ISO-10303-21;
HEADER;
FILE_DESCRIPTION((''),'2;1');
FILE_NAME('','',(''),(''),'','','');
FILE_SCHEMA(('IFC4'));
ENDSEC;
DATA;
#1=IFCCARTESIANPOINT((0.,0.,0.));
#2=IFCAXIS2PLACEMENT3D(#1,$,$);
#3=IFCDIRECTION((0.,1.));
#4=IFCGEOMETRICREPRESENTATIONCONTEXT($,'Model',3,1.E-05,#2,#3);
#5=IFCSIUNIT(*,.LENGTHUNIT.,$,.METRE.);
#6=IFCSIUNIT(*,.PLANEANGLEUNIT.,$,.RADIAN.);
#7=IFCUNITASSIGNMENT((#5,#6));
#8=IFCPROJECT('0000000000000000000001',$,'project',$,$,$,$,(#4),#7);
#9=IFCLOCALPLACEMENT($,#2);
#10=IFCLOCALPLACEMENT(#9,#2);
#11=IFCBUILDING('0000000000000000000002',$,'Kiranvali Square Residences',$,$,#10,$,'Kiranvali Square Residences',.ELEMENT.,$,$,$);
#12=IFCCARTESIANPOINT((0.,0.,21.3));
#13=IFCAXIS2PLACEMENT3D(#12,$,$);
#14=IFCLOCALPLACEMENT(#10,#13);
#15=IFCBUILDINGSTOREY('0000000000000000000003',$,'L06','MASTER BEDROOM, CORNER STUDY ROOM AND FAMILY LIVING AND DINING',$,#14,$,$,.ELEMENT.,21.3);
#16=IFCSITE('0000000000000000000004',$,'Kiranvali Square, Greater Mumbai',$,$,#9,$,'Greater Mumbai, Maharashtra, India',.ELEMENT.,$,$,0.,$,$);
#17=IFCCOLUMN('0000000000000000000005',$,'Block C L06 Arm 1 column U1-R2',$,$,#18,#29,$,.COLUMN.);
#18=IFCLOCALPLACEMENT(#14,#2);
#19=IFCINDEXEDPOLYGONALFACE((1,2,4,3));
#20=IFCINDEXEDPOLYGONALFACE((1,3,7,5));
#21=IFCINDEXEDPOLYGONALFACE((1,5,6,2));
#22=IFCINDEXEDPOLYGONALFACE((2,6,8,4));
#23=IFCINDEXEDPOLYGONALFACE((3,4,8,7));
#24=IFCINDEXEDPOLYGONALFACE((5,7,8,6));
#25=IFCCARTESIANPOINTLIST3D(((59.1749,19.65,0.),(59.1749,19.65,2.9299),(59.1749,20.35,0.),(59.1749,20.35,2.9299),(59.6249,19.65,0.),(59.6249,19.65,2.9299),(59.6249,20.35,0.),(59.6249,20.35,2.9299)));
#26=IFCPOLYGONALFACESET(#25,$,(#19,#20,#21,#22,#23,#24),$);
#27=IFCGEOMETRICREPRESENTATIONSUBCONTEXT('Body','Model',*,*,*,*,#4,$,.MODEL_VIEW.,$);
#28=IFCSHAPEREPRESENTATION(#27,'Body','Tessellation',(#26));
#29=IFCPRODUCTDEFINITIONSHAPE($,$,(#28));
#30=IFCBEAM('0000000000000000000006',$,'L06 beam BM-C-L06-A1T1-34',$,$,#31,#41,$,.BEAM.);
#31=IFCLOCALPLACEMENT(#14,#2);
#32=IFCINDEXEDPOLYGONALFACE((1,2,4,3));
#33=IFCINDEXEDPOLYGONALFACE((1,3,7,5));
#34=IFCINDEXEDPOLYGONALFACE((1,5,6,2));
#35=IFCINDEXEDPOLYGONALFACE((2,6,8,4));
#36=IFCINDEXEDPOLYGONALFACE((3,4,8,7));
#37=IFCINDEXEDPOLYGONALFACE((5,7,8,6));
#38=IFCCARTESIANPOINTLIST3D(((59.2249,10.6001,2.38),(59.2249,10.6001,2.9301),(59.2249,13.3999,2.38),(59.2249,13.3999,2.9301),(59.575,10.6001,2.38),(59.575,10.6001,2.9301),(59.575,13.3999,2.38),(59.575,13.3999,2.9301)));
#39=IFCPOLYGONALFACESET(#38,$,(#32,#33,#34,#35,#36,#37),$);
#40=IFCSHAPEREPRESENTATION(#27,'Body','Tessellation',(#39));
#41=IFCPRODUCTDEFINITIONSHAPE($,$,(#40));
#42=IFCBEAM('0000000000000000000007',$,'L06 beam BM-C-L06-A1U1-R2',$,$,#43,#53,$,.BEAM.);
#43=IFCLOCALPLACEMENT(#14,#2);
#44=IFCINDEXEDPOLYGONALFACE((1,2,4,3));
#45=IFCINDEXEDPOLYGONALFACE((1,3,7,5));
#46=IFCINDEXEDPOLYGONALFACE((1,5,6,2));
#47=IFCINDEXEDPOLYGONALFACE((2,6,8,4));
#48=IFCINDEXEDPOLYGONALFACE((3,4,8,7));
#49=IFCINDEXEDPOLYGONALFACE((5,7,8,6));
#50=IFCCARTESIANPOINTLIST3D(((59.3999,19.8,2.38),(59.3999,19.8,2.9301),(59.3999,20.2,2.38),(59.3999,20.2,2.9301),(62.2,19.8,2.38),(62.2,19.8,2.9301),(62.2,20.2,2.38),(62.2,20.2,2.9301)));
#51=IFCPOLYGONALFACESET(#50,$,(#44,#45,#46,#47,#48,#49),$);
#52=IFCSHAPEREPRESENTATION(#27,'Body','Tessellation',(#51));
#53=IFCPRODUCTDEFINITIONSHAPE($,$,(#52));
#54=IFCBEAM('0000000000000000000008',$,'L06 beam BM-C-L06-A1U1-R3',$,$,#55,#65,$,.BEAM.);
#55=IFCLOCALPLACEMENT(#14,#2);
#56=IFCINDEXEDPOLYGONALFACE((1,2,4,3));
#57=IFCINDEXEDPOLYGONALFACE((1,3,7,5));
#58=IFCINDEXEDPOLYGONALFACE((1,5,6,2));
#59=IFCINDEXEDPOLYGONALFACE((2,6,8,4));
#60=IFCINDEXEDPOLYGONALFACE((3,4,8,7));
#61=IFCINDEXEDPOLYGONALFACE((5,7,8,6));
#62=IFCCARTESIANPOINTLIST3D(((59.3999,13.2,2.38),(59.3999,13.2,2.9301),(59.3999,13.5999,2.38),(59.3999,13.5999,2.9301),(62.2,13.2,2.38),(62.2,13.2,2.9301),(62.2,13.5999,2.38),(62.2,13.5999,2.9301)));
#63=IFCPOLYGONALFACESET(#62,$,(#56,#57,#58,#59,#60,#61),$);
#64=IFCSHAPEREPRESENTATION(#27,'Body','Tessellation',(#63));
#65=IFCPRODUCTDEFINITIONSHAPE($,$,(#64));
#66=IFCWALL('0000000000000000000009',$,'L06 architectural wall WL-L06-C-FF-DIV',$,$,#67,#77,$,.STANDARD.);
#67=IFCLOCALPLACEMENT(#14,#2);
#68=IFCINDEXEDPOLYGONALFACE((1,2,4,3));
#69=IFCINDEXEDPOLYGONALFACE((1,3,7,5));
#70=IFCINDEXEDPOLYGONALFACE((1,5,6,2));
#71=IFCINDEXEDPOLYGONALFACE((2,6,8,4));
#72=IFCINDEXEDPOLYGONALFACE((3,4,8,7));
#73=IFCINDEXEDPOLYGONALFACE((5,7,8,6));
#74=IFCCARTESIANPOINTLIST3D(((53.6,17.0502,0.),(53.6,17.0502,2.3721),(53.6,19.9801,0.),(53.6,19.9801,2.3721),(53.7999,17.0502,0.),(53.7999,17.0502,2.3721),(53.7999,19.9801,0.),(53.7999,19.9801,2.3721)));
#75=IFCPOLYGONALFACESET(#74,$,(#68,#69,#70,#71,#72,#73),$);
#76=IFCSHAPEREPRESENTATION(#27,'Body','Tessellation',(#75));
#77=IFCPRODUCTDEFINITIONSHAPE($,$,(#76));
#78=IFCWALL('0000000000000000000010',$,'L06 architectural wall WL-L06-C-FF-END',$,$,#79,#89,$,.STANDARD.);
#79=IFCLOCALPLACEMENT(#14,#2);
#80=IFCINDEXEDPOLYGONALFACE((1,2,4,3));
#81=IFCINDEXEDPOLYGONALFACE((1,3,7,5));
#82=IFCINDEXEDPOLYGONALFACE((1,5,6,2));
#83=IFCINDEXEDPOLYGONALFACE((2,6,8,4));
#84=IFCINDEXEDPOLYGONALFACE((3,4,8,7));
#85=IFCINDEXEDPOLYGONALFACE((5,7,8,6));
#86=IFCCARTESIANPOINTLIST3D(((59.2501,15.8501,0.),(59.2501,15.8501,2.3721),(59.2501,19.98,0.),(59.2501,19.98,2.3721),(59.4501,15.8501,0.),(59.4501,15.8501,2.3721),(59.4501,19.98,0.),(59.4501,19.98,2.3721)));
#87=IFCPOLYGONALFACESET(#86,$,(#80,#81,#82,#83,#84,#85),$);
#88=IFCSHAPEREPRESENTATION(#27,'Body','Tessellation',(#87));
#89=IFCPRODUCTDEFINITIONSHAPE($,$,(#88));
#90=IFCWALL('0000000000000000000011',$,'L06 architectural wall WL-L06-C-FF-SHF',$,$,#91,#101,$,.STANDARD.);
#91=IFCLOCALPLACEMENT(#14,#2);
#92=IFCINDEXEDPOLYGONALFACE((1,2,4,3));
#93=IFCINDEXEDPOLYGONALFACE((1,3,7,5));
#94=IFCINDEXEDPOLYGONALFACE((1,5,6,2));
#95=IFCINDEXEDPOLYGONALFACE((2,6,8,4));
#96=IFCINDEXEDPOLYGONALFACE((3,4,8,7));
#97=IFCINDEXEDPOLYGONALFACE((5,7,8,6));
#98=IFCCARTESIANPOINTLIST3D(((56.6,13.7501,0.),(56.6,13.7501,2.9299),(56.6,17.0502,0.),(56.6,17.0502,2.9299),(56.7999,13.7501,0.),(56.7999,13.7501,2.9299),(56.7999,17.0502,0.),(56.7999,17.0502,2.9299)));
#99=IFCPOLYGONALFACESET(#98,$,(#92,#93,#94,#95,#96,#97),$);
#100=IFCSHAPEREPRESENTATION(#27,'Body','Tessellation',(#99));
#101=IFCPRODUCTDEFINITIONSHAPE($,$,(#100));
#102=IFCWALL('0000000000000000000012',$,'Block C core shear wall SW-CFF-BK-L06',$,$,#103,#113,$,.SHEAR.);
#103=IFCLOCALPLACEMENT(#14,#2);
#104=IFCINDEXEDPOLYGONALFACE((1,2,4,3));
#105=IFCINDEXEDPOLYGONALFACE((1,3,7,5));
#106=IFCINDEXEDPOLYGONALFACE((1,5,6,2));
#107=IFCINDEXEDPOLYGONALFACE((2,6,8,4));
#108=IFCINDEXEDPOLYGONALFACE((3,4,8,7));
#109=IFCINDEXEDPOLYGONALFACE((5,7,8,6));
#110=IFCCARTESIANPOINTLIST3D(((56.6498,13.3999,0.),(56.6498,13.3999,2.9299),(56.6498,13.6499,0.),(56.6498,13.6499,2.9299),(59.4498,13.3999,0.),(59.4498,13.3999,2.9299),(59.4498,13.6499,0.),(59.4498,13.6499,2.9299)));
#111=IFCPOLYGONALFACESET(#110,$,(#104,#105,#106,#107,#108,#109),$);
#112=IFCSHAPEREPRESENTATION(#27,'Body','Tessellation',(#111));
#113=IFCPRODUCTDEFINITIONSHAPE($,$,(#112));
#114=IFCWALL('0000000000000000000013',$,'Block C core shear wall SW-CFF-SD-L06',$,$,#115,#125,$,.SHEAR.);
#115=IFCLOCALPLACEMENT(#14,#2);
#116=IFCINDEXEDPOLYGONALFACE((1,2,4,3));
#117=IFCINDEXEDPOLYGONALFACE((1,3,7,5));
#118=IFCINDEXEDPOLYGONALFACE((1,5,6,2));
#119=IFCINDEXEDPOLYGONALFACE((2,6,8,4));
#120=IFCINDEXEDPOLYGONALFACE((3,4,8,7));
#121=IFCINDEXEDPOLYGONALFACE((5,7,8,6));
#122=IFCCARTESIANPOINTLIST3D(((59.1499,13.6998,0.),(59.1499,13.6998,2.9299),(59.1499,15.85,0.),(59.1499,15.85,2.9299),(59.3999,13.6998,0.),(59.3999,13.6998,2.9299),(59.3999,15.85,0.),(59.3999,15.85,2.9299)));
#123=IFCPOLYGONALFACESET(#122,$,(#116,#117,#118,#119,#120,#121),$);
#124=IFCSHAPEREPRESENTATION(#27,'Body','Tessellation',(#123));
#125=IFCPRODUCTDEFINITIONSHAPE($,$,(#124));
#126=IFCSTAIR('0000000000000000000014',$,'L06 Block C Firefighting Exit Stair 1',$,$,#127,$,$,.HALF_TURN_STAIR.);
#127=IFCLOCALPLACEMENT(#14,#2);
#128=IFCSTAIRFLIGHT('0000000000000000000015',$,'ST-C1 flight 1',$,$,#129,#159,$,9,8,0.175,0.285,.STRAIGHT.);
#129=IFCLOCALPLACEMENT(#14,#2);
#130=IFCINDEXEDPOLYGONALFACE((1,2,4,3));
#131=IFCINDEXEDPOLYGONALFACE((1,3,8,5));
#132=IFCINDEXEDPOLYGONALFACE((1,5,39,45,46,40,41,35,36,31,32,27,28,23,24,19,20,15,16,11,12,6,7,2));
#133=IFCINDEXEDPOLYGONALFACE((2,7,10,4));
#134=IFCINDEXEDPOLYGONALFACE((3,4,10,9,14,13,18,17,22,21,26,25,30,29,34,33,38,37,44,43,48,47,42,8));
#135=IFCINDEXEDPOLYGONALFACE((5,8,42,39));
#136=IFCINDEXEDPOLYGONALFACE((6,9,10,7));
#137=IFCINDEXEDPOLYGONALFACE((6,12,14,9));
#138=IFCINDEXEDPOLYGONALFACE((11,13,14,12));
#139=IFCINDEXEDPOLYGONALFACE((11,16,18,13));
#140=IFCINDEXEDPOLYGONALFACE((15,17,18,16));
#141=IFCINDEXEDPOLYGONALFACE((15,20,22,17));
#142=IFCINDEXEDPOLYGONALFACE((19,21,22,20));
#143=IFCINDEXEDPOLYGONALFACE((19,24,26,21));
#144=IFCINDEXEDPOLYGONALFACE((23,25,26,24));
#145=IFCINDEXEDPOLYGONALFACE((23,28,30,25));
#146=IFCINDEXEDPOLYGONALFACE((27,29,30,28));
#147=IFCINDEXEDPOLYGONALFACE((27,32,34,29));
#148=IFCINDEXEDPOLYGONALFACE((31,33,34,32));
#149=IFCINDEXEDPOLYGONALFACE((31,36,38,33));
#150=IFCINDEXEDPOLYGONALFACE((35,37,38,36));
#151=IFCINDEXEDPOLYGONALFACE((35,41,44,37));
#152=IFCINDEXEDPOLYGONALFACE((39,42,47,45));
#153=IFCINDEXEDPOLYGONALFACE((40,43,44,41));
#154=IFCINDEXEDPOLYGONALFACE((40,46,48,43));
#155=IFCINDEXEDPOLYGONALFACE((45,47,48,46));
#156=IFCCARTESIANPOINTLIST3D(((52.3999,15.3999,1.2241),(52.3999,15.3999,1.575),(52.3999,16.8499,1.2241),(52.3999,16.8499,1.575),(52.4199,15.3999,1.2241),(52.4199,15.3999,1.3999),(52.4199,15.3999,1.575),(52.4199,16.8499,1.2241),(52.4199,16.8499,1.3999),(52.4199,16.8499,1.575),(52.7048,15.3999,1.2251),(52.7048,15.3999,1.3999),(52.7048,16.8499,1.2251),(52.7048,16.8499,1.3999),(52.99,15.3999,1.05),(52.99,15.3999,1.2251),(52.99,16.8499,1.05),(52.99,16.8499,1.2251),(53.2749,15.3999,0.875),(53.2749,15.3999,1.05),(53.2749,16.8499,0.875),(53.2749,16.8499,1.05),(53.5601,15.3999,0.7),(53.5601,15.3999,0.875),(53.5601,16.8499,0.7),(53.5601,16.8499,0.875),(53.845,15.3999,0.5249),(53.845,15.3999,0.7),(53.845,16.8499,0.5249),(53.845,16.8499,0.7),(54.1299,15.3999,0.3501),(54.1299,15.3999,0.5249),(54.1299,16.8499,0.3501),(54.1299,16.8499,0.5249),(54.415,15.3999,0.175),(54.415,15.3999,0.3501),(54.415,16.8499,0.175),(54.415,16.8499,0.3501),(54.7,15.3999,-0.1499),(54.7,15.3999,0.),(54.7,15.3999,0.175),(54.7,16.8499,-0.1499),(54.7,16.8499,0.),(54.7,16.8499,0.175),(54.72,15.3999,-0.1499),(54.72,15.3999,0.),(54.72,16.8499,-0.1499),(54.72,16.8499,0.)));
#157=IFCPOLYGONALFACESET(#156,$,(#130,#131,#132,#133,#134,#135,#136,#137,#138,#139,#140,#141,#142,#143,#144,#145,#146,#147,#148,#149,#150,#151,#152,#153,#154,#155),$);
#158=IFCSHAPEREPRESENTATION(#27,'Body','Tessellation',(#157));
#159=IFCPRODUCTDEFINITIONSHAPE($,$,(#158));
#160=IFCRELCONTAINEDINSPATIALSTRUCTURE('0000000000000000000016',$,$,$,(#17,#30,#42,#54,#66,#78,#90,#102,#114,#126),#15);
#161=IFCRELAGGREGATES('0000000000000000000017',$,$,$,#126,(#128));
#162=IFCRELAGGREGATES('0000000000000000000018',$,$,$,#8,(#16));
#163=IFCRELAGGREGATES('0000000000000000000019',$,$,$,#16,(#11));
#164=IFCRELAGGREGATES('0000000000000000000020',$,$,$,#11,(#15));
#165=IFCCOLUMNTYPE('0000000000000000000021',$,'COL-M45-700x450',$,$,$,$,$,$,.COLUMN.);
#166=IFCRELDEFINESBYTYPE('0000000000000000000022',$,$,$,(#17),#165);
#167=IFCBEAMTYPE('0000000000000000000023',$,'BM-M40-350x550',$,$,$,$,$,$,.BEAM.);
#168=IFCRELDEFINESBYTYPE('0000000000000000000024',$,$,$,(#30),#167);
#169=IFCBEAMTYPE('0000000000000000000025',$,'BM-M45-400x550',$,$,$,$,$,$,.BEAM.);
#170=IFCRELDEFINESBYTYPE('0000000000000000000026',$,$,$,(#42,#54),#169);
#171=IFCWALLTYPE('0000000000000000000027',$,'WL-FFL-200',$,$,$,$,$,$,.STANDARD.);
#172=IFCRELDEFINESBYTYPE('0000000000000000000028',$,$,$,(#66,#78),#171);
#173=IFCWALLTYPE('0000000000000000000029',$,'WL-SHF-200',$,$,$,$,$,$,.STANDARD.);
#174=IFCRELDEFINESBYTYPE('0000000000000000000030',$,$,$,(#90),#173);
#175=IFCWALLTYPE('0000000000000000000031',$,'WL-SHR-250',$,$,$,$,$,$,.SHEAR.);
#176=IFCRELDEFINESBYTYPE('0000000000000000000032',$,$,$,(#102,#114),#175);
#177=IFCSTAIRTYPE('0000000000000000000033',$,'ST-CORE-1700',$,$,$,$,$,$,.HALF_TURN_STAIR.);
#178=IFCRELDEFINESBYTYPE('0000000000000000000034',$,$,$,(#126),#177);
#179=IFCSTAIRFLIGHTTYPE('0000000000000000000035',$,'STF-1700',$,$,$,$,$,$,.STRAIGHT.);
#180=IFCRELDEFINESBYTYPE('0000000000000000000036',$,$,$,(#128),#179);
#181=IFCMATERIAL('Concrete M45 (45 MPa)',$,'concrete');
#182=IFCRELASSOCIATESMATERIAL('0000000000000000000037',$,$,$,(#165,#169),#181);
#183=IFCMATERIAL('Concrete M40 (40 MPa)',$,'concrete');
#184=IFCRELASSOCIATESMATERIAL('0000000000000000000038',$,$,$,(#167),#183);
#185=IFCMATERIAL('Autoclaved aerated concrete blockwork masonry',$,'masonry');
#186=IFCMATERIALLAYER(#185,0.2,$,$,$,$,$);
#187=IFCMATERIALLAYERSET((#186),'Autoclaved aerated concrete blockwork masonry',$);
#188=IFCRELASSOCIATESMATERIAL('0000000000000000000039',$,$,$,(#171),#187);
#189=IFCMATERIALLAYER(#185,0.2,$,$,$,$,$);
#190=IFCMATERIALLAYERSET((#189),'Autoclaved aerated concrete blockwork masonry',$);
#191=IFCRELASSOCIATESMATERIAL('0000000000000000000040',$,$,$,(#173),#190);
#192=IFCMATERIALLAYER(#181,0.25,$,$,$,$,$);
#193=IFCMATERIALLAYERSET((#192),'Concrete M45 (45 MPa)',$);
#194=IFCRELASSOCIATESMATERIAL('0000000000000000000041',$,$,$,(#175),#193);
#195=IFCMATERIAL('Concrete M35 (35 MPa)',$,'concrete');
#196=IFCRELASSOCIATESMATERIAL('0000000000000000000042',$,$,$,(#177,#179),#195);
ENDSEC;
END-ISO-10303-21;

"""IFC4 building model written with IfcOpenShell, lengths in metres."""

from ifc_helpers import new_model, si_unit, direction, frame, frame_2d, origin, origin_2d, place, context, subcontext, project, spatial, polyline, rectangle, outline, extrude, material, layer, layer_set, material_profile, profile_set, type_object, element, aggregate, save


model = new_model("IFC4")

# Units and contexts
model_context = context("Model", 3, precision=1e-05, world=origin(), true_north=direction((0.0, 1.0)))
body_context = subcontext(model_context, "Body", "Model", "MODEL_VIEW")
ifc_project = project(units=[si_unit("LENGTHUNIT", "METRE"), si_unit("PLANEANGLEUNIT", "RADIAN")], contexts=[model_context])

# Site, building, storey
site_placement = place(None, origin())
site = spatial("IfcSite", under=ifc_project, at=site_placement, Name="Kiranvali Square, Greater Mumbai", LongName="Greater Mumbai, Maharashtra, India", CompositionType="ELEMENT", RefElevation=0.0)
building_placement = place(site_placement, origin())
building = spatial("IfcBuilding", under=site, at=building_placement, Name="Kiranvali Square Residences", LongName="Kiranvali Square Residences", CompositionType="ELEMENT")
storey_placement = place(building_placement, frame((0.0, 0.0, 21.3)))
storey = spatial("IfcBuildingStorey", under=building, at=storey_placement, Name="L06", Description="MASTER BEDROOM, CORNER STUDY ROOM AND FAMILY LIVING AND DINING", CompositionType="ELEMENT", Elevation=21.3)

# Column
ifc_material_1 = material(Name="Concrete M45 (45 MPa)", Category="concrete")
ifc_material_profile_1 = material_profile(ifc_material_1, rectangle(XDim=0.45, YDim=0.7, at=origin_2d()), Name="RC 700x450")
ifc_profile_set_1 = profile_set([ifc_material_profile_1], Name="Concrete M45 (45 MPa)")
column_type = type_object("IfcColumnType", Name="COL-M45-700x450", PredefinedType="COLUMN", material=ifc_profile_set_1)
column_placement = place(storey_placement, frame((59.3999, 20.0, 0.0), z_axis=(0.0, 0.0, 1.0), x_axis=(1.0, 0.0, 0.0)))
element("IfcColumn", 1, at=column_placement, inside=storey, type_object=column_type, Name="Block C L06 Arm 1 column U1-R2", PredefinedType="COLUMN", context=body_context, shape_type="SweptSolid", body=[
    extrude(rectangle(XDim=0.45, YDim=0.7, at=origin_2d()), origin(), (0.0, 0.0, 1.0), 2.9299),
])

# Beams
ifc_material_2 = material(Name="Concrete M40 (40 MPa)", Category="concrete")
ifc_material_profile_2 = material_profile(ifc_material_2, rectangle(XDim=0.3501, YDim=0.55, at=origin_2d()), Name="RC 350x550")
ifc_profile_set_2 = profile_set([ifc_material_profile_2], Name="Concrete M40 (40 MPa)")
beam_type_1 = type_object("IfcBeamType", Name="BM-M40-350x550", PredefinedType="BEAM", material=ifc_profile_set_2)
beam_placement = place(storey_placement, frame((59.3999, 13.3999, 2.655), z_axis=(0.0, -1.0, 0.0), x_axis=(1.0, 0.0, 0.0)))
element("IfcBeam", 2, at=beam_placement, inside=storey, type_object=beam_type_1, Name="L06 beam BM-C-L06-A1T1-34", PredefinedType="BEAM", context=body_context, shape_type="SweptSolid", body=[
    extrude(rectangle(XDim=0.3501, YDim=0.55, at=origin_2d()), origin(), (0.0, 0.0, 1.0), 2.7998),
])
ifc_material_profile_3 = material_profile(ifc_material_1, rectangle(XDim=0.3999, YDim=0.55, at=origin_2d()), Name="RC 400x550")
ifc_profile_set_3 = profile_set([ifc_material_profile_3], Name="Concrete M45 (45 MPa)")
beam_type_2 = type_object("IfcBeamType", Name="BM-M45-400x550", PredefinedType="BEAM", material=ifc_profile_set_3)
for number, where, z_axis, x_axis, name in (
    (3, (59.3999, 20.0, 2.655), (1.0, 0.0, 0.0), (0.0, 1.0, 0.0), "L06 beam BM-C-L06-A1U1-R2"),
    (4, (59.3999, 13.3999, 2.655), (1.0, 0.0, 0.0), (0.0, 1.0, 0.0), "L06 beam BM-C-L06-A1U1-R3"),
):
    element("IfcBeam", number, at=place(storey_placement, frame(where, z_axis=z_axis, x_axis=x_axis)), inside=storey, type_object=beam_type_2, Name=name, PredefinedType="BEAM", context=body_context, shape_type="SweptSolid", body=[
        extrude(rectangle(XDim=0.3999, YDim=0.55, at=origin_2d()), origin(), (0.0, 0.0, 1.0), 2.8),
    ])

# Shared definitions
ifc_material_3 = material(Name="Autoclaved aerated concrete blockwork masonry", Category="masonry")
ifc_layer_1 = layer(ifc_material_3, 0.2)
ifc_layer_set_1 = layer_set([ifc_layer_1], Name="Autoclaved aerated concrete blockwork masonry")
wall_type_1 = type_object("IfcWallType", Name="WL-FFL-200", PredefinedType="STANDARD", material=ifc_layer_set_1)

# Walls
wall_1_placement = place(storey_placement, frame((53.7, 19.98, 0.0), z_axis=(0.0, 0.0, 1.0), x_axis=(0.0, -1.0, 0.0)))
element("IfcWall", 5, at=wall_1_placement, inside=storey, type_object=wall_type_1, Name="L06 architectural wall WL-L06-C-FF-DIV", PredefinedType="STANDARD", context=body_context, shape_type="SweptSolid", body=[
    extrude(rectangle(XDim=2.9299, YDim=0.2, at=frame_2d((1.4648, 0.0))), origin(), (0.0, 0.0, 1.0), 2.3721),
])
wall_2_placement = place(storey_placement, frame((59.3501, 19.98, 0.0), z_axis=(0.0, 0.0, 1.0), x_axis=(0.0, -1.0, 0.0)))
element("IfcWall", 6, at=wall_2_placement, inside=storey, type_object=wall_type_1, Name="L06 architectural wall WL-L06-C-FF-END", PredefinedType="STANDARD", context=body_context, shape_type="SweptSolid", body=[
    extrude(rectangle(XDim=4.1299, YDim=0.2, at=frame_2d((2.0649, 0.0))), origin(), (0.0, 0.0, 1.0), 2.3721),
])

# Walls
ifc_layer_2 = layer(ifc_material_3, 0.2)
ifc_layer_set_2 = layer_set([ifc_layer_2], Name="Autoclaved aerated concrete blockwork masonry")
wall_type_2 = type_object("IfcWallType", Name="WL-SHF-200", PredefinedType="STANDARD", material=ifc_layer_set_2)
wall_3_placement = place(storey_placement, frame((56.7, 17.05, 0.0), z_axis=(0.0, 0.0, 1.0), x_axis=(0.0, -1.0, 0.0)))
element("IfcWall", 7, at=wall_3_placement, inside=storey, type_object=wall_type_2, Name="L06 architectural wall WL-L06-C-FF-SHF", PredefinedType="STANDARD", context=body_context, shape_type="SweptSolid", body=[
    extrude(rectangle(XDim=3.3, YDim=0.2, at=frame_2d((1.6499, 0.0))), origin(), (0.0, 0.0, 1.0), 2.9299),
])
ifc_layer_3 = layer(ifc_material_1, 0.25)
ifc_layer_set_3 = layer_set([ifc_layer_3], Name="Concrete M45 (45 MPa)")
wall_type_3 = type_object("IfcWallType", Name="WL-SHR-250", PredefinedType="SHEAR", material=ifc_layer_set_3)
wall_4_placement = place(storey_placement, frame((56.6499, 13.5249, 0.0), z_axis=(0.0, 0.0, 1.0), x_axis=(1.0, 0.0, 0.0)))
element("IfcWall", 8, at=wall_4_placement, inside=storey, type_object=wall_type_3, Name="Block C core shear wall SW-CFF-BK-L06", PredefinedType="SHEAR", context=body_context, shape_type="SweptSolid", body=[
    extrude(rectangle(XDim=2.8, YDim=0.25, at=frame_2d((1.3999, 0.0))), origin(), (0.0, 0.0, 1.0), 2.9299),
])
wall_5_placement = place(storey_placement, frame((59.2749, 15.8501, 0.0), z_axis=(0.0, 0.0, 1.0), x_axis=(0.0, -1.0, 0.0)))
element("IfcWall", 9, at=wall_5_placement, inside=storey, type_object=wall_type_3, Name="Block C core shear wall SW-CFF-SD-L06", PredefinedType="SHEAR", context=body_context, shape_type="SweptSolid", body=[
    extrude(rectangle(XDim=2.1501, YDim=0.25, at=frame_2d((1.0752, 0.0))), origin(), (0.0, 0.0, 1.0), 2.9299),
])

# Stair, stair flight
ifc_material_4 = material(Name="Concrete M35 (35 MPa)", Category="concrete")
stair_type = type_object("IfcStairType", Name="ST-CORE-1700", PredefinedType="HALF_TURN_STAIR", material=ifc_material_4)
stair_placement = place(storey_placement, origin())
stair = element("IfcStair", 10, at=stair_placement, inside=storey, type_object=stair_type, Name="L06 Block C Firefighting Exit Stair 1", PredefinedType="HALF_TURN_STAIR")
stair_flight_type = type_object("IfcStairFlightType", Name="STF-1700", PredefinedType="STRAIGHT", material=ifc_material_4)
stair_flight_1_placement = place(storey_placement, frame((54.7, 16.125, 0.0), z_axis=(0.0, 0.0, 1.0), x_axis=(-1.0, 0.0, 0.0)))
stair_flight_1 = element("IfcStairFlight", 11, at=stair_flight_1_placement, type_object=stair_flight_type, Name="ST-C1 flight 1", NumberOfRisers=9, NumberOfTreads=8, PredefinedType="STRAIGHT", RiserHeight=0.175, TreadLength=0.285, context=body_context, shape_type="SweptSolid", body=[
    extrude(outline(polyline([(-0.02, -0.1499), (-0.02, 0.0), (0.0, 0.0), (0.0, 0.175), (0.2849, 0.175), (0.2849, 0.3501), (0.5701, 0.3501), (0.5701, 0.5249), (0.855, 0.5249), (0.855, 0.7), (1.1399, 0.7), (1.1399, 0.875), (1.425, 0.875), (1.425, 1.05), (1.71, 1.05), (1.71, 1.2251), (1.9951, 1.2251), (1.9951, 1.3999), (2.28, 1.3999), (2.28, 1.575), (2.3, 1.575), (2.3, 1.2241), (2.28, 1.2241), (0.0, -0.1499), (-0.02, -0.1499)])), frame((0.0, 0.7251, 0.0), z_axis=(0.0, -1.0, 0.0), x_axis=(1.0, 0.0, 0.0)), (0.0, 0.0, 1.0), 1.45),
])
aggregate(stair, [stair_flight_1])

save(model, "model.ifc")
